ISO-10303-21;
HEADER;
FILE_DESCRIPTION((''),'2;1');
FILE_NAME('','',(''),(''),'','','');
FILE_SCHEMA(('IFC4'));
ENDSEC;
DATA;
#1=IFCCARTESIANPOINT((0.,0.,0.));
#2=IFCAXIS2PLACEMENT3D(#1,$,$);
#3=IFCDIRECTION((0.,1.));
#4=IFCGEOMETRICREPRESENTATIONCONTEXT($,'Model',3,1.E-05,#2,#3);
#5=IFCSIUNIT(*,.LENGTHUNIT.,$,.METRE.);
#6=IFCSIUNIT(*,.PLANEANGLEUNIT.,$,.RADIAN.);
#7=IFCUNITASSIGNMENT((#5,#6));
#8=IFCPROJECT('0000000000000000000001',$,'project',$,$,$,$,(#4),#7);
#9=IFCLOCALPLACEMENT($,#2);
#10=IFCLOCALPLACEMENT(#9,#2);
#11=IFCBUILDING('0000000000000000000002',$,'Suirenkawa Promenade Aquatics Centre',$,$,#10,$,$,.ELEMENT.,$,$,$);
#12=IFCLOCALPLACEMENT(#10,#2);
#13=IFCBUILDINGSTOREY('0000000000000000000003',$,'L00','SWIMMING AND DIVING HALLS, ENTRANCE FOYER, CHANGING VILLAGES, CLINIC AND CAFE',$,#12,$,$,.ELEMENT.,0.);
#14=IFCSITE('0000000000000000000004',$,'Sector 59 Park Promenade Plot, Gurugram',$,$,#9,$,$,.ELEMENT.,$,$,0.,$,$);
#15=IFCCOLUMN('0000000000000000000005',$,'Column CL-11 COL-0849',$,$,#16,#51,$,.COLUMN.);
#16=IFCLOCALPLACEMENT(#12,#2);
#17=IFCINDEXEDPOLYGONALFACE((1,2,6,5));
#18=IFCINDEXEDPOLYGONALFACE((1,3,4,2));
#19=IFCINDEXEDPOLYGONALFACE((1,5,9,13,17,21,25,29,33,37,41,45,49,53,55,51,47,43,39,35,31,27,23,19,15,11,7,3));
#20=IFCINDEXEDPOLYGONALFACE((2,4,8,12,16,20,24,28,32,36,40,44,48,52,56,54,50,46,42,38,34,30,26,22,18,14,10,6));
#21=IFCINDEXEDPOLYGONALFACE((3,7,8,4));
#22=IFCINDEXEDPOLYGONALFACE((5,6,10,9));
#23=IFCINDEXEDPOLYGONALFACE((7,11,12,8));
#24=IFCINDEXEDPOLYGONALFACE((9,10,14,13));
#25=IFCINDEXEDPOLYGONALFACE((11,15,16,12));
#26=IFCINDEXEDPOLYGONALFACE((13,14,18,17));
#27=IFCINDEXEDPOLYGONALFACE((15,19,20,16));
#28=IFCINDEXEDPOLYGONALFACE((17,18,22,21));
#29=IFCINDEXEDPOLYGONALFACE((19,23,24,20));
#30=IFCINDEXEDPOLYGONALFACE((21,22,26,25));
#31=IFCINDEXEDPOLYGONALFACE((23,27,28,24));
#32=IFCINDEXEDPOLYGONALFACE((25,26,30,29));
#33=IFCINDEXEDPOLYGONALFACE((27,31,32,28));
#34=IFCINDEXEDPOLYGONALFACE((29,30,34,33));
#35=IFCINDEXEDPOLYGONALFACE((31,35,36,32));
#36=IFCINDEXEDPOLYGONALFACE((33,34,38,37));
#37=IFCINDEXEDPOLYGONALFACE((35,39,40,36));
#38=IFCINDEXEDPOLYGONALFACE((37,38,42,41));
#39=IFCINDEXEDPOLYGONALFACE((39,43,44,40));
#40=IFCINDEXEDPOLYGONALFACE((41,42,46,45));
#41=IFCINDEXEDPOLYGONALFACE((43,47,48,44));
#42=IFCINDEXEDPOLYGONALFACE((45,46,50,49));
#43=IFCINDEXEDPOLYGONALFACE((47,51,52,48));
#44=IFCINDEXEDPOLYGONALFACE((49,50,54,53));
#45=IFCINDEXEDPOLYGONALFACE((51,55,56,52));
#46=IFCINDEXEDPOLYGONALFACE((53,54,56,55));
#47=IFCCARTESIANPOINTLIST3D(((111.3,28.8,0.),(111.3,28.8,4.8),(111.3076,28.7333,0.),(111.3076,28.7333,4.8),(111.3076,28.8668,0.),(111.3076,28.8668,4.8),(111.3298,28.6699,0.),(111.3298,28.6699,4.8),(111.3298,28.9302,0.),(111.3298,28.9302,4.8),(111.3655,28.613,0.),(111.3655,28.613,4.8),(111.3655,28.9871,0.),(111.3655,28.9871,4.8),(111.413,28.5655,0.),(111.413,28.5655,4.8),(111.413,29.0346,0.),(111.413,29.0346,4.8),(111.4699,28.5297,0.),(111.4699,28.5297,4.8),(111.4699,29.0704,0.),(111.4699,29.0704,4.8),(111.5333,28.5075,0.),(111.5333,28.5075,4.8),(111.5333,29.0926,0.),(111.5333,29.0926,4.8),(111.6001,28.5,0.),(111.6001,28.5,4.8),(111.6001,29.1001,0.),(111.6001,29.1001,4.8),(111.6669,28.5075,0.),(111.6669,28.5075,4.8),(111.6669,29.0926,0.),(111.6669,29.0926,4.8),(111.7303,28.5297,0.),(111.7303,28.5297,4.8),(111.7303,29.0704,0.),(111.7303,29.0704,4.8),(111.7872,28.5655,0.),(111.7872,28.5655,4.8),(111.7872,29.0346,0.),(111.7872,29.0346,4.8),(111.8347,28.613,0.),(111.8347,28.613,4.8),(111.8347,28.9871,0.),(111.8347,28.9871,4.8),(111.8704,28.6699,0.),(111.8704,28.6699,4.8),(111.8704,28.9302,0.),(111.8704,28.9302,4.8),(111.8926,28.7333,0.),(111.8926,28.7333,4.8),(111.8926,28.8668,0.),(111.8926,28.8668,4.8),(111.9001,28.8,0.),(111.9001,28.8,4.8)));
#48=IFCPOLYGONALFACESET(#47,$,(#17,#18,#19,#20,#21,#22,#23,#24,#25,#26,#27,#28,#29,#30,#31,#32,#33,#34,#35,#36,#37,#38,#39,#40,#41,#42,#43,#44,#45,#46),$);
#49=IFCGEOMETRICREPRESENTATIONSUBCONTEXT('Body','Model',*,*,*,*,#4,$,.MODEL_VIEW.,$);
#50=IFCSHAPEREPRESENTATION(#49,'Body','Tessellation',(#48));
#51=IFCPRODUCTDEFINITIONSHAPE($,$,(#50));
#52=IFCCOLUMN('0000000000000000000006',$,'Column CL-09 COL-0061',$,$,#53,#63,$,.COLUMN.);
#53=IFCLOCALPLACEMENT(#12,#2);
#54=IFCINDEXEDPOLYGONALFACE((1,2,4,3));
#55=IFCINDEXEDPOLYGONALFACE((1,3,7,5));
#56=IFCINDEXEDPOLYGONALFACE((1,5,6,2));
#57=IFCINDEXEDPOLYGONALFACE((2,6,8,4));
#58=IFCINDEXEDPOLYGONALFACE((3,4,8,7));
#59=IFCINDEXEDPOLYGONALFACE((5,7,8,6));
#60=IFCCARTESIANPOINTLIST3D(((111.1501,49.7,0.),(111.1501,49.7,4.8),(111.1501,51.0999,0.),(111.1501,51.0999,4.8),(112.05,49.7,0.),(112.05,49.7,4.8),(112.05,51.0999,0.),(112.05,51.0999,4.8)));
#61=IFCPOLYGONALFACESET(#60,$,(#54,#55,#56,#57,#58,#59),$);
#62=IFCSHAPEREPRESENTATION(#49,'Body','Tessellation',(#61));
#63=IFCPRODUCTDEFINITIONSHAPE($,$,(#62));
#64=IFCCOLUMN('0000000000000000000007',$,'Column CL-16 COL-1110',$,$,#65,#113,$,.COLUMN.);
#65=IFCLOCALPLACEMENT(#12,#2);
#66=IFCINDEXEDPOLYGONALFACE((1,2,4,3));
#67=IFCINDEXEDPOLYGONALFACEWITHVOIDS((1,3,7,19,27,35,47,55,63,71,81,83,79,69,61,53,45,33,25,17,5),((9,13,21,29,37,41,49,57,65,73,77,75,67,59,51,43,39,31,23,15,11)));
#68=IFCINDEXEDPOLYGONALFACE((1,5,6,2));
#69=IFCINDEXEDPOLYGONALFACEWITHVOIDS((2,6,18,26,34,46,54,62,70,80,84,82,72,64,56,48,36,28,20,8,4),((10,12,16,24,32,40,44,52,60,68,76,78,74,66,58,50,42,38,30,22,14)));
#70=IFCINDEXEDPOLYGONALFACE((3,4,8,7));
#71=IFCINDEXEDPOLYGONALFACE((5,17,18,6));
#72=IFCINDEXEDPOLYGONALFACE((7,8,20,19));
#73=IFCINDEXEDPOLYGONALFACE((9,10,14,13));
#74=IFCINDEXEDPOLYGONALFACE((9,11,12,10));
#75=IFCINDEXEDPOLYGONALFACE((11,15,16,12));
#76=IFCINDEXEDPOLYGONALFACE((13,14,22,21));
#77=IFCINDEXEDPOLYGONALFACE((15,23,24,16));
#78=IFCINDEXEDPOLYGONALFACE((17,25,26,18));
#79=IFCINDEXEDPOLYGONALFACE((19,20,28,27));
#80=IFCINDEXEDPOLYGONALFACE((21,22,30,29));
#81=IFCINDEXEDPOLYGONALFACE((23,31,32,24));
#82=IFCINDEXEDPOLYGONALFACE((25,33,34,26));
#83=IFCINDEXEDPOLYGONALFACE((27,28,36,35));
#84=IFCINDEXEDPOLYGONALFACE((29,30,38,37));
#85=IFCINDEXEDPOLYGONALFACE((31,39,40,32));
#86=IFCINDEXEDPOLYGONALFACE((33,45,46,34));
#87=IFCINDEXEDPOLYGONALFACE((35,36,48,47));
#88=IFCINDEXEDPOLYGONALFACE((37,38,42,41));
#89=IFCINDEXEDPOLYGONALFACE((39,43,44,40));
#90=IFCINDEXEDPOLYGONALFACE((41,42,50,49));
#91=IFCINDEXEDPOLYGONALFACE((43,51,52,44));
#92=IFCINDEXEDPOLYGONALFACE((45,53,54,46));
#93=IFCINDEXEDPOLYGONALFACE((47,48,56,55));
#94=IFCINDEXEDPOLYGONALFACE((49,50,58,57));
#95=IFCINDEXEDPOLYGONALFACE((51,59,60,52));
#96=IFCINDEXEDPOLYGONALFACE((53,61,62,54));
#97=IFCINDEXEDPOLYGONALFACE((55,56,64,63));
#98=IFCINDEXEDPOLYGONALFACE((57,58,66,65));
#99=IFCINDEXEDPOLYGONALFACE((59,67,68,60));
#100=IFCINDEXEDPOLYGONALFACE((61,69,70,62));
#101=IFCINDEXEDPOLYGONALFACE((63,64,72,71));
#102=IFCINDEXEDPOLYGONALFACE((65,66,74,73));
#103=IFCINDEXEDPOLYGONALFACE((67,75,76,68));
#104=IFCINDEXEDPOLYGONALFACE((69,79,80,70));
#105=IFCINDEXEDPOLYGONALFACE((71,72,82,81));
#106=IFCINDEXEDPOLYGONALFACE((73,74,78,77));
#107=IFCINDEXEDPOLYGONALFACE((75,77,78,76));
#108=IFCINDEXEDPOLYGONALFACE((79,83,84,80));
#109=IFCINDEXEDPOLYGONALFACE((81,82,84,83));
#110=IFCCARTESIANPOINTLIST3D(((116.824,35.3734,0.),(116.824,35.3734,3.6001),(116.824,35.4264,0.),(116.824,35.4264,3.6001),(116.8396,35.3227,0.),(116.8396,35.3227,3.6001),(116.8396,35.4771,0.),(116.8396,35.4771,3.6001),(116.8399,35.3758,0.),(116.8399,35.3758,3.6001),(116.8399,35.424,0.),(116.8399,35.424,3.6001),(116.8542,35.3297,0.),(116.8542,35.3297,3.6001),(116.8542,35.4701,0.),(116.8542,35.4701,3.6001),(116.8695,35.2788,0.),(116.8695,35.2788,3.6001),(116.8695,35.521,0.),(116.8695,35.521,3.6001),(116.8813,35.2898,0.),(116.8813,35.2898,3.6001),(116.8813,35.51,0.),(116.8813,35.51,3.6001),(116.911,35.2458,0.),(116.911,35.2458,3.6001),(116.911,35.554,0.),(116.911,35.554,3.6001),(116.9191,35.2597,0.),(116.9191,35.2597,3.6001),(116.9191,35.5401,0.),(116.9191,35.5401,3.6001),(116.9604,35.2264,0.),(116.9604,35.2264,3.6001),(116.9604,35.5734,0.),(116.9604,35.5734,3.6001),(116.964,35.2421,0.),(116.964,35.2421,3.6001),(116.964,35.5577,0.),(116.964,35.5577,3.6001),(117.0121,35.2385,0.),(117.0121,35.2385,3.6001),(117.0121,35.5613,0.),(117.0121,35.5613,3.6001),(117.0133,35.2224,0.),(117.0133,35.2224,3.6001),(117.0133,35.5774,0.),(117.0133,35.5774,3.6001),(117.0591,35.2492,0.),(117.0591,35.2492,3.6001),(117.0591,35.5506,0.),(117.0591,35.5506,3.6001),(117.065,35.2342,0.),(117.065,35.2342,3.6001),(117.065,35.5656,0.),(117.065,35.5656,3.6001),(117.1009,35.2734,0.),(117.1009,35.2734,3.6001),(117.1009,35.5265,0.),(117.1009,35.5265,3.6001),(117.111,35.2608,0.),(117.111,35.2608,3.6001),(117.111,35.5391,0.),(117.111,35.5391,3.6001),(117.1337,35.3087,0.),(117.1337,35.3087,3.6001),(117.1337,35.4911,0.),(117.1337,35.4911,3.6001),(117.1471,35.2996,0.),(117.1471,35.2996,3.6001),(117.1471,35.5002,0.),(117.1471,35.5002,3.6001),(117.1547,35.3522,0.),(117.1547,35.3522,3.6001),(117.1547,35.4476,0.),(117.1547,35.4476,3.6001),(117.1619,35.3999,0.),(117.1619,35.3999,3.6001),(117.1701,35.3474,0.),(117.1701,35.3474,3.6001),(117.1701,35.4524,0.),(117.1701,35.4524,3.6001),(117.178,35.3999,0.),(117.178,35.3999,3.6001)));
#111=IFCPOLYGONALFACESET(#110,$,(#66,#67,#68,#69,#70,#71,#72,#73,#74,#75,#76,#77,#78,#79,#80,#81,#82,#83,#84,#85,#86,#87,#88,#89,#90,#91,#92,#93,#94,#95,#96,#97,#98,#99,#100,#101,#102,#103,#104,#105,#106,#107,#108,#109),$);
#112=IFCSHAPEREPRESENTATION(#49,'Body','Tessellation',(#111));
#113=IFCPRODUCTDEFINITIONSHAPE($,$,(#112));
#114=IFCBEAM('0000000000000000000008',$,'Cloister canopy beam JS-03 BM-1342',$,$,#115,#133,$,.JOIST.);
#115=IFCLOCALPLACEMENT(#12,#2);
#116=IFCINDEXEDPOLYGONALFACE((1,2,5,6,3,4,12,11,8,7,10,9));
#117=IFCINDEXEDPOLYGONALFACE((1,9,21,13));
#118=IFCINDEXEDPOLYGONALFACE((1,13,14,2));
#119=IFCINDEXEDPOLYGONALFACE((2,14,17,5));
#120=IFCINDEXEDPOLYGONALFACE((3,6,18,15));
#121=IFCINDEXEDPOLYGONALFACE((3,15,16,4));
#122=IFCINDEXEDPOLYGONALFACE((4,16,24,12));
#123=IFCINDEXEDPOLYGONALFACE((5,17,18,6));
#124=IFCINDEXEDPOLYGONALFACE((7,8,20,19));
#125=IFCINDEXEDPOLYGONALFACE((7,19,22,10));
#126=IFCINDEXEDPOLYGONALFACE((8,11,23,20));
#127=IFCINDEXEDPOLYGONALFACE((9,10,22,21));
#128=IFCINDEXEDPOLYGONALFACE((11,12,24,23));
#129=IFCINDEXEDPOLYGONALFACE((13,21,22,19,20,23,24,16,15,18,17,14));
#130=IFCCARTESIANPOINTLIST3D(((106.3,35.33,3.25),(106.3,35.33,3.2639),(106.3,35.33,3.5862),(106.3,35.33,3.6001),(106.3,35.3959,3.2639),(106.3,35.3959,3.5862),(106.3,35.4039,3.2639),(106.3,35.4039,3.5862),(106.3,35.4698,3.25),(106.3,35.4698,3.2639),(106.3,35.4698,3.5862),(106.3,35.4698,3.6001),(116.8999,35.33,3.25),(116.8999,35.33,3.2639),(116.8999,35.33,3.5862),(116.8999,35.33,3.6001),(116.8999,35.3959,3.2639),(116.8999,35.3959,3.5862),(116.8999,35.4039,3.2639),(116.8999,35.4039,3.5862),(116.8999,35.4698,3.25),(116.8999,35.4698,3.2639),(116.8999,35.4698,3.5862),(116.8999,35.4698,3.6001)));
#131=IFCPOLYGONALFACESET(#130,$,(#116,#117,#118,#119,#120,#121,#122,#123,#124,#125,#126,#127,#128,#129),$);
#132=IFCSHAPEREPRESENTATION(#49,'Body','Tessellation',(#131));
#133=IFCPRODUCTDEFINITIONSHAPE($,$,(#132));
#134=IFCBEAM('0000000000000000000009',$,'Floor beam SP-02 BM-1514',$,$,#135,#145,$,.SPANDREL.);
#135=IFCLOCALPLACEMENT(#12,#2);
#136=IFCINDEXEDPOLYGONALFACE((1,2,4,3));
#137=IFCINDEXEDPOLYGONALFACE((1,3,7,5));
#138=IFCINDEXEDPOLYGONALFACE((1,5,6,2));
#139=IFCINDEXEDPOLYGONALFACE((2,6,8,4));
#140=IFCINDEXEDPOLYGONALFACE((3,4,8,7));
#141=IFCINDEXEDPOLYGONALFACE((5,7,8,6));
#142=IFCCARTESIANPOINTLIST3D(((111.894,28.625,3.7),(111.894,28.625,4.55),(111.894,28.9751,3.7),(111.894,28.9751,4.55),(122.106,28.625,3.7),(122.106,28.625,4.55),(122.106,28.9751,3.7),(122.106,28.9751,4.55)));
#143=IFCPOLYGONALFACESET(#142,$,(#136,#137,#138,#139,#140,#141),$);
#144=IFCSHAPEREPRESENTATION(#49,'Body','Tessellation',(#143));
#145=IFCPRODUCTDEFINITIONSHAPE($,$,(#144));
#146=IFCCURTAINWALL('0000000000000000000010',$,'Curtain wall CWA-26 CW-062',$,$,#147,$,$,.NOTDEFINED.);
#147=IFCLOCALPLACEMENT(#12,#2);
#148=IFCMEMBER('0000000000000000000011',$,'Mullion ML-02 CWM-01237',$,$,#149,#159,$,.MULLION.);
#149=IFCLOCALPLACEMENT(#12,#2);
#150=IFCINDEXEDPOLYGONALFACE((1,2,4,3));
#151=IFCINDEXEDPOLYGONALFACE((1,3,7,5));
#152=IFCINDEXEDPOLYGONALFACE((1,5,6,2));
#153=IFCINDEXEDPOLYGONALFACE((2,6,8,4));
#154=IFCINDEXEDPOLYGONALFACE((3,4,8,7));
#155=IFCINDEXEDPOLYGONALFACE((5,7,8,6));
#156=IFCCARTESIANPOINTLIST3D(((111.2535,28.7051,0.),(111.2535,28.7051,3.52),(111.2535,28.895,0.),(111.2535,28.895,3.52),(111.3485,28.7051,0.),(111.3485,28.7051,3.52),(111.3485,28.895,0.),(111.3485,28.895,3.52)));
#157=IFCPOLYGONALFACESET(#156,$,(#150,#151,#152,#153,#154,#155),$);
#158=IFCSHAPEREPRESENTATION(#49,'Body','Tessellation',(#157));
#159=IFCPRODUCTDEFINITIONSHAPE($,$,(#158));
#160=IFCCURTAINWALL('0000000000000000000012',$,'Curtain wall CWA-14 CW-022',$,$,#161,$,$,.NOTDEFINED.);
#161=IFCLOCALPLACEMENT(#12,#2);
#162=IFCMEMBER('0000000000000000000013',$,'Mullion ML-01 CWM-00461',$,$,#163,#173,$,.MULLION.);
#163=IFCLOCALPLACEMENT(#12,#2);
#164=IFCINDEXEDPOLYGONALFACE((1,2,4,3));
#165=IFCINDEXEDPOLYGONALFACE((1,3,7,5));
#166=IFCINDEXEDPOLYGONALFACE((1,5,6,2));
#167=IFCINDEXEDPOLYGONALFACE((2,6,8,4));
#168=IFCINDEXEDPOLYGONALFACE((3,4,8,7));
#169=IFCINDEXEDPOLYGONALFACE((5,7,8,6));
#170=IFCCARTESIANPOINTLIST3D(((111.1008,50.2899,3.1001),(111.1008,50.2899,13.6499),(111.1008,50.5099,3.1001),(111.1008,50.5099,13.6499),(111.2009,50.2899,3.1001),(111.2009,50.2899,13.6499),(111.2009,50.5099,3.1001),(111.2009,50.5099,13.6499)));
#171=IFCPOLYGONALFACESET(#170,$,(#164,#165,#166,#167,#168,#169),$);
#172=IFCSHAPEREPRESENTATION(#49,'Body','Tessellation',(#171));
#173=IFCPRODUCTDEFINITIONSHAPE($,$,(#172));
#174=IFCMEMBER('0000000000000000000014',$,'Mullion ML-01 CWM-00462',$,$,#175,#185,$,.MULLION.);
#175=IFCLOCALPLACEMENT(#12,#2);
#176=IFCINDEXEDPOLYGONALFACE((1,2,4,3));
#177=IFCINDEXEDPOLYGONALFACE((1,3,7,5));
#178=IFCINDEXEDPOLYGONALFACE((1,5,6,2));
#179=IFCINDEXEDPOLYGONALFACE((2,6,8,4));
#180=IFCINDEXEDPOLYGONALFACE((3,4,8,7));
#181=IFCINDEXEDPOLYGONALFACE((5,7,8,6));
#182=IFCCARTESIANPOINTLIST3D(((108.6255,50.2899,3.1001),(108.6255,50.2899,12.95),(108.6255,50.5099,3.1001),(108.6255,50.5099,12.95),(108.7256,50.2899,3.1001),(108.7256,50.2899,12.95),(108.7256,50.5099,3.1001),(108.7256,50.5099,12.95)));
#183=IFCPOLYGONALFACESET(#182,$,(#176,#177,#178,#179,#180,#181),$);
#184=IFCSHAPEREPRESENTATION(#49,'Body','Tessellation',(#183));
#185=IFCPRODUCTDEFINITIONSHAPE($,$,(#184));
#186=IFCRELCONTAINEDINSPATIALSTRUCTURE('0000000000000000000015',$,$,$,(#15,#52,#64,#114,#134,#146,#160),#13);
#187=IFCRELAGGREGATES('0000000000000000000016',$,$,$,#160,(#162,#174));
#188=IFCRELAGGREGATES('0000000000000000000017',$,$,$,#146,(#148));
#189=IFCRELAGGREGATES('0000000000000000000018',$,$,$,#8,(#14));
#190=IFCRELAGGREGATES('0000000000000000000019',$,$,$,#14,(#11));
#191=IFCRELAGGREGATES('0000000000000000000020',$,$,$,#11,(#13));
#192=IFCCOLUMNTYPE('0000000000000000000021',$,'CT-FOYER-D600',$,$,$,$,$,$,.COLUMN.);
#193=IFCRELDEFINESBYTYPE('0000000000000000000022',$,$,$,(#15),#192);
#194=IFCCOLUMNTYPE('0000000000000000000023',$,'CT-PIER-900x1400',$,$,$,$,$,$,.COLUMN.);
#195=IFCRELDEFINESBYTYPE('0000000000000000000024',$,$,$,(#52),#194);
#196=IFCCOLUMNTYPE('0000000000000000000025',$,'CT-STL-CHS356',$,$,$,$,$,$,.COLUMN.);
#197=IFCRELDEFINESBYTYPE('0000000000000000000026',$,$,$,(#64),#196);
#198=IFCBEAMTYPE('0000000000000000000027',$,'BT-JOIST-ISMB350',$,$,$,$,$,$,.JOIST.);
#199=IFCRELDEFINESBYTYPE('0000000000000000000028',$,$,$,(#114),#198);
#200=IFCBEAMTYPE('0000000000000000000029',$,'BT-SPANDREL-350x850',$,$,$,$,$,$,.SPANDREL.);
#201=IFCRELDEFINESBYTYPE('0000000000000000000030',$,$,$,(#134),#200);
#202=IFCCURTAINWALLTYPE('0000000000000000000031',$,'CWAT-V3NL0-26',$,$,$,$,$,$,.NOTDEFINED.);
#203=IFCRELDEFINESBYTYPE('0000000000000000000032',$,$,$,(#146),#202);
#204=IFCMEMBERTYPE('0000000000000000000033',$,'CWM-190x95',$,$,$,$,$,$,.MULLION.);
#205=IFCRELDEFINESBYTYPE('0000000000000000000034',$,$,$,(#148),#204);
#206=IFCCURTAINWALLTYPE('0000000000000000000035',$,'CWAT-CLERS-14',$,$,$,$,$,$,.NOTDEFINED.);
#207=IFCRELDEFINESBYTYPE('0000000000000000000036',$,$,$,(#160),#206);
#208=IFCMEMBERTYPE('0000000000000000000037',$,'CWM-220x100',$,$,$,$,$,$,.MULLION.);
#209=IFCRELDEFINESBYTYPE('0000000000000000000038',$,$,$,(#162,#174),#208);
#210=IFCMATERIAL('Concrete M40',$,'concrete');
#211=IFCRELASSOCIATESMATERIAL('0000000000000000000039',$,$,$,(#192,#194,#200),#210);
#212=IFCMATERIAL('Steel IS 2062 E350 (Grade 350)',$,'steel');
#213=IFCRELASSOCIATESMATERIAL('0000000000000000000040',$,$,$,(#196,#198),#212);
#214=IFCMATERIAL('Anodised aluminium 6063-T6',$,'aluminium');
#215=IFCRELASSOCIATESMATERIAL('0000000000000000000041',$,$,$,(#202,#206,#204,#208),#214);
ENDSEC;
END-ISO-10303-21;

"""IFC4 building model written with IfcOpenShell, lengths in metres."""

from ifc_helpers import new_model, si_unit, direction, frame, origin, origin_2d, place, context, subcontext, project, spatial, rectangle, circle, hollow_circle, i_section, extrude, material, material_profile, profile_set, type_object, element, aggregate, save


model = new_model("IFC4")

# Units and contexts
model_context = context("Model", 3, precision=1e-05, world=origin(), true_north=direction((0.0, 1.0)))
body_context = subcontext(model_context, "Body", "Model", "MODEL_VIEW")
ifc_project = project(units=[si_unit("LENGTHUNIT", "METRE"), si_unit("PLANEANGLEUNIT", "RADIAN")], contexts=[model_context])

# Site, building, storey
site_placement = place(None, origin())
site = spatial("IfcSite", under=ifc_project, at=site_placement, Name="Sector 59 Park Promenade Plot, Gurugram", CompositionType="ELEMENT", RefElevation=0.0)
building_placement = place(site_placement, origin())
building = spatial("IfcBuilding", under=site, at=building_placement, Name="Suirenkawa Promenade Aquatics Centre", CompositionType="ELEMENT")
storey_placement = place(building_placement, origin())
storey = spatial("IfcBuildingStorey", under=building, at=storey_placement, Name="L00", Description="SWIMMING AND DIVING HALLS, ENTRANCE FOYER, CHANGING VILLAGES, CLINIC AND CAFE", CompositionType="ELEMENT", Elevation=0.0)

# Columns
ifc_material_1 = material(Name="Concrete M40", Category="concrete")
ifc_material_profile_1 = material_profile(ifc_material_1, circle(Radius=0.3, at=origin_2d()), Name="RC FOYER D600", Category="concrete")
ifc_profile_set_1 = profile_set([ifc_material_profile_1], Name="Concrete M40")
column_type_1 = type_object("IfcColumnType", Name="CT-FOYER-D600", PredefinedType="COLUMN", material=ifc_profile_set_1)
column_1_placement = place(storey_placement, frame((111.6001, 28.8, 0.0), z_axis=(0.0, 0.0, 1.0), x_axis=(1.0, 0.0, 0.0)))
element("IfcColumn", 1, at=column_1_placement, inside=storey, type_object=column_type_1, Name="Column CL-11 COL-0849", PredefinedType="COLUMN", context=body_context, shape_type="SweptSolid", body=[
    extrude(circle(Radius=0.3, at=origin_2d()), origin(), (0.0, 0.0, 1.0), 4.8),
])
ifc_material_profile_2 = material_profile(ifc_material_1, rectangle(XDim=0.8999, YDim=1.3999, at=origin_2d()), Name="RC PIER 900x1400", Category="concrete")
ifc_profile_set_2 = profile_set([ifc_material_profile_2], Name="Concrete M40")
column_type_2 = type_object("IfcColumnType", Name="CT-PIER-900x1400", PredefinedType="COLUMN", material=ifc_profile_set_2)
column_2_placement = place(storey_placement, frame((111.6001, 50.3999, 0.0), z_axis=(0.0, 0.0, 1.0), x_axis=(1.0, 0.0, 0.0)))
element("IfcColumn", 2, at=column_2_placement, inside=storey, type_object=column_type_2, Name="Column CL-09 COL-0061", PredefinedType="COLUMN", context=body_context, shape_type="SweptSolid", body=[
    extrude(rectangle(XDim=0.8999, YDim=1.3999, at=origin_2d()), origin(), (0.0, 0.0, 1.0), 4.8),
])
ifc_material_2 = material(Name="Steel IS 2062 E350 (Grade 350)", Category="steel")
ifc_material_profile_3 = material_profile(ifc_material_2, hollow_circle(Radius=0.178, WallThickness=0.0161, at=origin_2d()), Name="CHS 356x16", Category="steel")
ifc_profile_set_3 = profile_set([ifc_material_profile_3], Name="Steel IS 2062 E350 (Grade 350)")
column_type_3 = type_object("IfcColumnType", Name="CT-STL-CHS356", PredefinedType="COLUMN", material=ifc_profile_set_3)
column_3_placement = place(storey_placement, frame((117.0, 35.3999, 0.0), z_axis=(0.0, 0.0, 1.0), x_axis=(1.0, 0.0, 0.0)))
element("IfcColumn", 3, at=column_3_placement, inside=storey, type_object=column_type_3, Name="Column CL-16 COL-1110", PredefinedType="COLUMN", context=body_context, shape_type="SweptSolid", body=[
    extrude(hollow_circle(Radius=0.178, WallThickness=0.0161, at=origin_2d()), origin(), (0.0, 0.0, 1.0), 3.6001),
])

# Beams
ifc_material_profile_4 = material_profile(ifc_material_2, i_section(OverallWidth=0.1399, OverallDepth=0.3501, WebThickness=0.0081, FlangeThickness=0.0139, at=origin_2d()), Name="ISMB 350", Category="steel")
ifc_profile_set_4 = profile_set([ifc_material_profile_4], Name="Steel IS 2062 E350 (Grade 350)")
beam_type_1 = type_object("IfcBeamType", Name="BT-JOIST-ISMB350", PredefinedType="JOIST", material=ifc_profile_set_4)
beam_1_placement = place(storey_placement, frame((106.3, 35.3999, 3.425), z_axis=(1.0, 0.0, 0.0), x_axis=(0.0, 1.0, 0.0)))
element("IfcBeam", 4, at=beam_1_placement, inside=storey, type_object=beam_type_1, Name="Cloister canopy beam JS-03 BM-1342", PredefinedType="JOIST", context=body_context, shape_type="SweptSolid", body=[
    extrude(i_section(OverallWidth=0.1399, OverallDepth=0.3501, WebThickness=0.0081, FlangeThickness=0.0139, at=origin_2d()), origin(), (0.0, 0.0, 1.0), 10.5999),
])
ifc_material_profile_5 = material_profile(ifc_material_1, rectangle(XDim=0.3501, YDim=0.8501, at=origin_2d()), Name="RC SPANDREL 350x850", Category="concrete")
ifc_profile_set_5 = profile_set([ifc_material_profile_5], Name="Concrete M40")
beam_type_2 = type_object("IfcBeamType", Name="BT-SPANDREL-350x850", PredefinedType="SPANDREL", material=ifc_profile_set_5)
beam_2_placement = place(storey_placement, frame((111.894, 28.8, 4.125), z_axis=(1.0, 0.0, 0.0), x_axis=(0.0, 1.0, 0.0)))
element("IfcBeam", 5, at=beam_2_placement, inside=storey, type_object=beam_type_2, Name="Floor beam SP-02 BM-1514", PredefinedType="SPANDREL", context=body_context, shape_type="SweptSolid", body=[
    extrude(rectangle(XDim=0.3501, YDim=0.8501, at=origin_2d()), origin(), (0.0, 0.0, 1.0), 10.2119),
])

# Curtain wall, member
ifc_material_3 = material(Name="Anodised aluminium 6063-T6", Category="aluminium")
curtain_wall_type_1 = type_object("IfcCurtainWallType", Name="CWAT-V3NL0-26", PredefinedType="NOTDEFINED", material=ifc_material_3)
curtain_wall_1_placement = place(storey_placement, origin())
curtain_wall_1 = element("IfcCurtainWall", 6, at=curtain_wall_1_placement, inside=storey, type_object=curtain_wall_type_1, Name="Curtain wall CWA-26 CW-062", PredefinedType="NOTDEFINED")
ifc_material_profile_6 = material_profile(ifc_material_3, rectangle(XDim=0.095, YDim=0.1899, at=origin_2d()), Name="ALU MULL 95x190", Category="aluminium")
ifc_profile_set_6 = profile_set([ifc_material_profile_6], Name="Anodised aluminium 6063-T6")
member_type_1 = type_object("IfcMemberType", Name="CWM-190x95", PredefinedType="MULLION", material=ifc_profile_set_6)
member_1_placement = place(storey_placement, frame((111.301, 28.8, 0.0), z_axis=(0.0, 0.0, 1.0), x_axis=(1.0, 0.0, 0.0)))
member_1 = element("IfcMember", 7, at=member_1_placement, type_object=member_type_1, Name="Mullion ML-02 CWM-01237", PredefinedType="MULLION", context=body_context, shape_type="SweptSolid", body=[
    extrude(rectangle(XDim=0.095, YDim=0.1899, at=origin_2d()), origin(), (0.0, 0.0, 1.0), 3.52),
])

# Curtain wall, members
curtain_wall_type_2 = type_object("IfcCurtainWallType", Name="CWAT-CLERS-14", PredefinedType="NOTDEFINED", material=ifc_material_3)
curtain_wall_2_placement = place(storey_placement, origin())
curtain_wall_2 = element("IfcCurtainWall", 8, at=curtain_wall_2_placement, inside=storey, type_object=curtain_wall_type_2, Name="Curtain wall CWA-14 CW-022", PredefinedType="NOTDEFINED")
ifc_material_profile_7 = material_profile(ifc_material_3, rectangle(XDim=0.1001, YDim=0.22, at=origin_2d()), Name="ALU MULL 100x220", Category="aluminium")
ifc_profile_set_7 = profile_set([ifc_material_profile_7], Name="Anodised aluminium 6063-T6")
member_type_2 = type_object("IfcMemberType", Name="CWM-220x100", PredefinedType="MULLION", material=ifc_profile_set_7)
member_2_placement = place(storey_placement, frame((111.1509, 50.3999, 3.1001), z_axis=(0.0, 0.0, 1.0), x_axis=(-1.0, 0.0, 0.0)))
member_2 = element("IfcMember", 9, at=member_2_placement, type_object=member_type_2, Name="Mullion ML-01 CWM-00461", PredefinedType="MULLION", context=body_context, shape_type="SweptSolid", body=[
    extrude(rectangle(XDim=0.1001, YDim=0.22, at=origin_2d()), origin(), (0.0, 0.0, 1.0), 10.5498),
])
member_3_placement = place(storey_placement, frame((108.6755, 50.3999, 3.1001), z_axis=(0.0, 0.0, 1.0), x_axis=(-1.0, 0.0, 0.0)))
member_3 = element("IfcMember", 10, at=member_3_placement, type_object=member_type_2, Name="Mullion ML-01 CWM-00462", PredefinedType="MULLION", context=body_context, shape_type="SweptSolid", body=[
    extrude(rectangle(XDim=0.1001, YDim=0.22, at=origin_2d()), origin(), (0.0, 0.0, 1.0), 9.8499),
])

aggregate(curtain_wall_2, [member_2, member_3])
aggregate(curtain_wall_1, [member_1])

save(model, "model.ifc")
